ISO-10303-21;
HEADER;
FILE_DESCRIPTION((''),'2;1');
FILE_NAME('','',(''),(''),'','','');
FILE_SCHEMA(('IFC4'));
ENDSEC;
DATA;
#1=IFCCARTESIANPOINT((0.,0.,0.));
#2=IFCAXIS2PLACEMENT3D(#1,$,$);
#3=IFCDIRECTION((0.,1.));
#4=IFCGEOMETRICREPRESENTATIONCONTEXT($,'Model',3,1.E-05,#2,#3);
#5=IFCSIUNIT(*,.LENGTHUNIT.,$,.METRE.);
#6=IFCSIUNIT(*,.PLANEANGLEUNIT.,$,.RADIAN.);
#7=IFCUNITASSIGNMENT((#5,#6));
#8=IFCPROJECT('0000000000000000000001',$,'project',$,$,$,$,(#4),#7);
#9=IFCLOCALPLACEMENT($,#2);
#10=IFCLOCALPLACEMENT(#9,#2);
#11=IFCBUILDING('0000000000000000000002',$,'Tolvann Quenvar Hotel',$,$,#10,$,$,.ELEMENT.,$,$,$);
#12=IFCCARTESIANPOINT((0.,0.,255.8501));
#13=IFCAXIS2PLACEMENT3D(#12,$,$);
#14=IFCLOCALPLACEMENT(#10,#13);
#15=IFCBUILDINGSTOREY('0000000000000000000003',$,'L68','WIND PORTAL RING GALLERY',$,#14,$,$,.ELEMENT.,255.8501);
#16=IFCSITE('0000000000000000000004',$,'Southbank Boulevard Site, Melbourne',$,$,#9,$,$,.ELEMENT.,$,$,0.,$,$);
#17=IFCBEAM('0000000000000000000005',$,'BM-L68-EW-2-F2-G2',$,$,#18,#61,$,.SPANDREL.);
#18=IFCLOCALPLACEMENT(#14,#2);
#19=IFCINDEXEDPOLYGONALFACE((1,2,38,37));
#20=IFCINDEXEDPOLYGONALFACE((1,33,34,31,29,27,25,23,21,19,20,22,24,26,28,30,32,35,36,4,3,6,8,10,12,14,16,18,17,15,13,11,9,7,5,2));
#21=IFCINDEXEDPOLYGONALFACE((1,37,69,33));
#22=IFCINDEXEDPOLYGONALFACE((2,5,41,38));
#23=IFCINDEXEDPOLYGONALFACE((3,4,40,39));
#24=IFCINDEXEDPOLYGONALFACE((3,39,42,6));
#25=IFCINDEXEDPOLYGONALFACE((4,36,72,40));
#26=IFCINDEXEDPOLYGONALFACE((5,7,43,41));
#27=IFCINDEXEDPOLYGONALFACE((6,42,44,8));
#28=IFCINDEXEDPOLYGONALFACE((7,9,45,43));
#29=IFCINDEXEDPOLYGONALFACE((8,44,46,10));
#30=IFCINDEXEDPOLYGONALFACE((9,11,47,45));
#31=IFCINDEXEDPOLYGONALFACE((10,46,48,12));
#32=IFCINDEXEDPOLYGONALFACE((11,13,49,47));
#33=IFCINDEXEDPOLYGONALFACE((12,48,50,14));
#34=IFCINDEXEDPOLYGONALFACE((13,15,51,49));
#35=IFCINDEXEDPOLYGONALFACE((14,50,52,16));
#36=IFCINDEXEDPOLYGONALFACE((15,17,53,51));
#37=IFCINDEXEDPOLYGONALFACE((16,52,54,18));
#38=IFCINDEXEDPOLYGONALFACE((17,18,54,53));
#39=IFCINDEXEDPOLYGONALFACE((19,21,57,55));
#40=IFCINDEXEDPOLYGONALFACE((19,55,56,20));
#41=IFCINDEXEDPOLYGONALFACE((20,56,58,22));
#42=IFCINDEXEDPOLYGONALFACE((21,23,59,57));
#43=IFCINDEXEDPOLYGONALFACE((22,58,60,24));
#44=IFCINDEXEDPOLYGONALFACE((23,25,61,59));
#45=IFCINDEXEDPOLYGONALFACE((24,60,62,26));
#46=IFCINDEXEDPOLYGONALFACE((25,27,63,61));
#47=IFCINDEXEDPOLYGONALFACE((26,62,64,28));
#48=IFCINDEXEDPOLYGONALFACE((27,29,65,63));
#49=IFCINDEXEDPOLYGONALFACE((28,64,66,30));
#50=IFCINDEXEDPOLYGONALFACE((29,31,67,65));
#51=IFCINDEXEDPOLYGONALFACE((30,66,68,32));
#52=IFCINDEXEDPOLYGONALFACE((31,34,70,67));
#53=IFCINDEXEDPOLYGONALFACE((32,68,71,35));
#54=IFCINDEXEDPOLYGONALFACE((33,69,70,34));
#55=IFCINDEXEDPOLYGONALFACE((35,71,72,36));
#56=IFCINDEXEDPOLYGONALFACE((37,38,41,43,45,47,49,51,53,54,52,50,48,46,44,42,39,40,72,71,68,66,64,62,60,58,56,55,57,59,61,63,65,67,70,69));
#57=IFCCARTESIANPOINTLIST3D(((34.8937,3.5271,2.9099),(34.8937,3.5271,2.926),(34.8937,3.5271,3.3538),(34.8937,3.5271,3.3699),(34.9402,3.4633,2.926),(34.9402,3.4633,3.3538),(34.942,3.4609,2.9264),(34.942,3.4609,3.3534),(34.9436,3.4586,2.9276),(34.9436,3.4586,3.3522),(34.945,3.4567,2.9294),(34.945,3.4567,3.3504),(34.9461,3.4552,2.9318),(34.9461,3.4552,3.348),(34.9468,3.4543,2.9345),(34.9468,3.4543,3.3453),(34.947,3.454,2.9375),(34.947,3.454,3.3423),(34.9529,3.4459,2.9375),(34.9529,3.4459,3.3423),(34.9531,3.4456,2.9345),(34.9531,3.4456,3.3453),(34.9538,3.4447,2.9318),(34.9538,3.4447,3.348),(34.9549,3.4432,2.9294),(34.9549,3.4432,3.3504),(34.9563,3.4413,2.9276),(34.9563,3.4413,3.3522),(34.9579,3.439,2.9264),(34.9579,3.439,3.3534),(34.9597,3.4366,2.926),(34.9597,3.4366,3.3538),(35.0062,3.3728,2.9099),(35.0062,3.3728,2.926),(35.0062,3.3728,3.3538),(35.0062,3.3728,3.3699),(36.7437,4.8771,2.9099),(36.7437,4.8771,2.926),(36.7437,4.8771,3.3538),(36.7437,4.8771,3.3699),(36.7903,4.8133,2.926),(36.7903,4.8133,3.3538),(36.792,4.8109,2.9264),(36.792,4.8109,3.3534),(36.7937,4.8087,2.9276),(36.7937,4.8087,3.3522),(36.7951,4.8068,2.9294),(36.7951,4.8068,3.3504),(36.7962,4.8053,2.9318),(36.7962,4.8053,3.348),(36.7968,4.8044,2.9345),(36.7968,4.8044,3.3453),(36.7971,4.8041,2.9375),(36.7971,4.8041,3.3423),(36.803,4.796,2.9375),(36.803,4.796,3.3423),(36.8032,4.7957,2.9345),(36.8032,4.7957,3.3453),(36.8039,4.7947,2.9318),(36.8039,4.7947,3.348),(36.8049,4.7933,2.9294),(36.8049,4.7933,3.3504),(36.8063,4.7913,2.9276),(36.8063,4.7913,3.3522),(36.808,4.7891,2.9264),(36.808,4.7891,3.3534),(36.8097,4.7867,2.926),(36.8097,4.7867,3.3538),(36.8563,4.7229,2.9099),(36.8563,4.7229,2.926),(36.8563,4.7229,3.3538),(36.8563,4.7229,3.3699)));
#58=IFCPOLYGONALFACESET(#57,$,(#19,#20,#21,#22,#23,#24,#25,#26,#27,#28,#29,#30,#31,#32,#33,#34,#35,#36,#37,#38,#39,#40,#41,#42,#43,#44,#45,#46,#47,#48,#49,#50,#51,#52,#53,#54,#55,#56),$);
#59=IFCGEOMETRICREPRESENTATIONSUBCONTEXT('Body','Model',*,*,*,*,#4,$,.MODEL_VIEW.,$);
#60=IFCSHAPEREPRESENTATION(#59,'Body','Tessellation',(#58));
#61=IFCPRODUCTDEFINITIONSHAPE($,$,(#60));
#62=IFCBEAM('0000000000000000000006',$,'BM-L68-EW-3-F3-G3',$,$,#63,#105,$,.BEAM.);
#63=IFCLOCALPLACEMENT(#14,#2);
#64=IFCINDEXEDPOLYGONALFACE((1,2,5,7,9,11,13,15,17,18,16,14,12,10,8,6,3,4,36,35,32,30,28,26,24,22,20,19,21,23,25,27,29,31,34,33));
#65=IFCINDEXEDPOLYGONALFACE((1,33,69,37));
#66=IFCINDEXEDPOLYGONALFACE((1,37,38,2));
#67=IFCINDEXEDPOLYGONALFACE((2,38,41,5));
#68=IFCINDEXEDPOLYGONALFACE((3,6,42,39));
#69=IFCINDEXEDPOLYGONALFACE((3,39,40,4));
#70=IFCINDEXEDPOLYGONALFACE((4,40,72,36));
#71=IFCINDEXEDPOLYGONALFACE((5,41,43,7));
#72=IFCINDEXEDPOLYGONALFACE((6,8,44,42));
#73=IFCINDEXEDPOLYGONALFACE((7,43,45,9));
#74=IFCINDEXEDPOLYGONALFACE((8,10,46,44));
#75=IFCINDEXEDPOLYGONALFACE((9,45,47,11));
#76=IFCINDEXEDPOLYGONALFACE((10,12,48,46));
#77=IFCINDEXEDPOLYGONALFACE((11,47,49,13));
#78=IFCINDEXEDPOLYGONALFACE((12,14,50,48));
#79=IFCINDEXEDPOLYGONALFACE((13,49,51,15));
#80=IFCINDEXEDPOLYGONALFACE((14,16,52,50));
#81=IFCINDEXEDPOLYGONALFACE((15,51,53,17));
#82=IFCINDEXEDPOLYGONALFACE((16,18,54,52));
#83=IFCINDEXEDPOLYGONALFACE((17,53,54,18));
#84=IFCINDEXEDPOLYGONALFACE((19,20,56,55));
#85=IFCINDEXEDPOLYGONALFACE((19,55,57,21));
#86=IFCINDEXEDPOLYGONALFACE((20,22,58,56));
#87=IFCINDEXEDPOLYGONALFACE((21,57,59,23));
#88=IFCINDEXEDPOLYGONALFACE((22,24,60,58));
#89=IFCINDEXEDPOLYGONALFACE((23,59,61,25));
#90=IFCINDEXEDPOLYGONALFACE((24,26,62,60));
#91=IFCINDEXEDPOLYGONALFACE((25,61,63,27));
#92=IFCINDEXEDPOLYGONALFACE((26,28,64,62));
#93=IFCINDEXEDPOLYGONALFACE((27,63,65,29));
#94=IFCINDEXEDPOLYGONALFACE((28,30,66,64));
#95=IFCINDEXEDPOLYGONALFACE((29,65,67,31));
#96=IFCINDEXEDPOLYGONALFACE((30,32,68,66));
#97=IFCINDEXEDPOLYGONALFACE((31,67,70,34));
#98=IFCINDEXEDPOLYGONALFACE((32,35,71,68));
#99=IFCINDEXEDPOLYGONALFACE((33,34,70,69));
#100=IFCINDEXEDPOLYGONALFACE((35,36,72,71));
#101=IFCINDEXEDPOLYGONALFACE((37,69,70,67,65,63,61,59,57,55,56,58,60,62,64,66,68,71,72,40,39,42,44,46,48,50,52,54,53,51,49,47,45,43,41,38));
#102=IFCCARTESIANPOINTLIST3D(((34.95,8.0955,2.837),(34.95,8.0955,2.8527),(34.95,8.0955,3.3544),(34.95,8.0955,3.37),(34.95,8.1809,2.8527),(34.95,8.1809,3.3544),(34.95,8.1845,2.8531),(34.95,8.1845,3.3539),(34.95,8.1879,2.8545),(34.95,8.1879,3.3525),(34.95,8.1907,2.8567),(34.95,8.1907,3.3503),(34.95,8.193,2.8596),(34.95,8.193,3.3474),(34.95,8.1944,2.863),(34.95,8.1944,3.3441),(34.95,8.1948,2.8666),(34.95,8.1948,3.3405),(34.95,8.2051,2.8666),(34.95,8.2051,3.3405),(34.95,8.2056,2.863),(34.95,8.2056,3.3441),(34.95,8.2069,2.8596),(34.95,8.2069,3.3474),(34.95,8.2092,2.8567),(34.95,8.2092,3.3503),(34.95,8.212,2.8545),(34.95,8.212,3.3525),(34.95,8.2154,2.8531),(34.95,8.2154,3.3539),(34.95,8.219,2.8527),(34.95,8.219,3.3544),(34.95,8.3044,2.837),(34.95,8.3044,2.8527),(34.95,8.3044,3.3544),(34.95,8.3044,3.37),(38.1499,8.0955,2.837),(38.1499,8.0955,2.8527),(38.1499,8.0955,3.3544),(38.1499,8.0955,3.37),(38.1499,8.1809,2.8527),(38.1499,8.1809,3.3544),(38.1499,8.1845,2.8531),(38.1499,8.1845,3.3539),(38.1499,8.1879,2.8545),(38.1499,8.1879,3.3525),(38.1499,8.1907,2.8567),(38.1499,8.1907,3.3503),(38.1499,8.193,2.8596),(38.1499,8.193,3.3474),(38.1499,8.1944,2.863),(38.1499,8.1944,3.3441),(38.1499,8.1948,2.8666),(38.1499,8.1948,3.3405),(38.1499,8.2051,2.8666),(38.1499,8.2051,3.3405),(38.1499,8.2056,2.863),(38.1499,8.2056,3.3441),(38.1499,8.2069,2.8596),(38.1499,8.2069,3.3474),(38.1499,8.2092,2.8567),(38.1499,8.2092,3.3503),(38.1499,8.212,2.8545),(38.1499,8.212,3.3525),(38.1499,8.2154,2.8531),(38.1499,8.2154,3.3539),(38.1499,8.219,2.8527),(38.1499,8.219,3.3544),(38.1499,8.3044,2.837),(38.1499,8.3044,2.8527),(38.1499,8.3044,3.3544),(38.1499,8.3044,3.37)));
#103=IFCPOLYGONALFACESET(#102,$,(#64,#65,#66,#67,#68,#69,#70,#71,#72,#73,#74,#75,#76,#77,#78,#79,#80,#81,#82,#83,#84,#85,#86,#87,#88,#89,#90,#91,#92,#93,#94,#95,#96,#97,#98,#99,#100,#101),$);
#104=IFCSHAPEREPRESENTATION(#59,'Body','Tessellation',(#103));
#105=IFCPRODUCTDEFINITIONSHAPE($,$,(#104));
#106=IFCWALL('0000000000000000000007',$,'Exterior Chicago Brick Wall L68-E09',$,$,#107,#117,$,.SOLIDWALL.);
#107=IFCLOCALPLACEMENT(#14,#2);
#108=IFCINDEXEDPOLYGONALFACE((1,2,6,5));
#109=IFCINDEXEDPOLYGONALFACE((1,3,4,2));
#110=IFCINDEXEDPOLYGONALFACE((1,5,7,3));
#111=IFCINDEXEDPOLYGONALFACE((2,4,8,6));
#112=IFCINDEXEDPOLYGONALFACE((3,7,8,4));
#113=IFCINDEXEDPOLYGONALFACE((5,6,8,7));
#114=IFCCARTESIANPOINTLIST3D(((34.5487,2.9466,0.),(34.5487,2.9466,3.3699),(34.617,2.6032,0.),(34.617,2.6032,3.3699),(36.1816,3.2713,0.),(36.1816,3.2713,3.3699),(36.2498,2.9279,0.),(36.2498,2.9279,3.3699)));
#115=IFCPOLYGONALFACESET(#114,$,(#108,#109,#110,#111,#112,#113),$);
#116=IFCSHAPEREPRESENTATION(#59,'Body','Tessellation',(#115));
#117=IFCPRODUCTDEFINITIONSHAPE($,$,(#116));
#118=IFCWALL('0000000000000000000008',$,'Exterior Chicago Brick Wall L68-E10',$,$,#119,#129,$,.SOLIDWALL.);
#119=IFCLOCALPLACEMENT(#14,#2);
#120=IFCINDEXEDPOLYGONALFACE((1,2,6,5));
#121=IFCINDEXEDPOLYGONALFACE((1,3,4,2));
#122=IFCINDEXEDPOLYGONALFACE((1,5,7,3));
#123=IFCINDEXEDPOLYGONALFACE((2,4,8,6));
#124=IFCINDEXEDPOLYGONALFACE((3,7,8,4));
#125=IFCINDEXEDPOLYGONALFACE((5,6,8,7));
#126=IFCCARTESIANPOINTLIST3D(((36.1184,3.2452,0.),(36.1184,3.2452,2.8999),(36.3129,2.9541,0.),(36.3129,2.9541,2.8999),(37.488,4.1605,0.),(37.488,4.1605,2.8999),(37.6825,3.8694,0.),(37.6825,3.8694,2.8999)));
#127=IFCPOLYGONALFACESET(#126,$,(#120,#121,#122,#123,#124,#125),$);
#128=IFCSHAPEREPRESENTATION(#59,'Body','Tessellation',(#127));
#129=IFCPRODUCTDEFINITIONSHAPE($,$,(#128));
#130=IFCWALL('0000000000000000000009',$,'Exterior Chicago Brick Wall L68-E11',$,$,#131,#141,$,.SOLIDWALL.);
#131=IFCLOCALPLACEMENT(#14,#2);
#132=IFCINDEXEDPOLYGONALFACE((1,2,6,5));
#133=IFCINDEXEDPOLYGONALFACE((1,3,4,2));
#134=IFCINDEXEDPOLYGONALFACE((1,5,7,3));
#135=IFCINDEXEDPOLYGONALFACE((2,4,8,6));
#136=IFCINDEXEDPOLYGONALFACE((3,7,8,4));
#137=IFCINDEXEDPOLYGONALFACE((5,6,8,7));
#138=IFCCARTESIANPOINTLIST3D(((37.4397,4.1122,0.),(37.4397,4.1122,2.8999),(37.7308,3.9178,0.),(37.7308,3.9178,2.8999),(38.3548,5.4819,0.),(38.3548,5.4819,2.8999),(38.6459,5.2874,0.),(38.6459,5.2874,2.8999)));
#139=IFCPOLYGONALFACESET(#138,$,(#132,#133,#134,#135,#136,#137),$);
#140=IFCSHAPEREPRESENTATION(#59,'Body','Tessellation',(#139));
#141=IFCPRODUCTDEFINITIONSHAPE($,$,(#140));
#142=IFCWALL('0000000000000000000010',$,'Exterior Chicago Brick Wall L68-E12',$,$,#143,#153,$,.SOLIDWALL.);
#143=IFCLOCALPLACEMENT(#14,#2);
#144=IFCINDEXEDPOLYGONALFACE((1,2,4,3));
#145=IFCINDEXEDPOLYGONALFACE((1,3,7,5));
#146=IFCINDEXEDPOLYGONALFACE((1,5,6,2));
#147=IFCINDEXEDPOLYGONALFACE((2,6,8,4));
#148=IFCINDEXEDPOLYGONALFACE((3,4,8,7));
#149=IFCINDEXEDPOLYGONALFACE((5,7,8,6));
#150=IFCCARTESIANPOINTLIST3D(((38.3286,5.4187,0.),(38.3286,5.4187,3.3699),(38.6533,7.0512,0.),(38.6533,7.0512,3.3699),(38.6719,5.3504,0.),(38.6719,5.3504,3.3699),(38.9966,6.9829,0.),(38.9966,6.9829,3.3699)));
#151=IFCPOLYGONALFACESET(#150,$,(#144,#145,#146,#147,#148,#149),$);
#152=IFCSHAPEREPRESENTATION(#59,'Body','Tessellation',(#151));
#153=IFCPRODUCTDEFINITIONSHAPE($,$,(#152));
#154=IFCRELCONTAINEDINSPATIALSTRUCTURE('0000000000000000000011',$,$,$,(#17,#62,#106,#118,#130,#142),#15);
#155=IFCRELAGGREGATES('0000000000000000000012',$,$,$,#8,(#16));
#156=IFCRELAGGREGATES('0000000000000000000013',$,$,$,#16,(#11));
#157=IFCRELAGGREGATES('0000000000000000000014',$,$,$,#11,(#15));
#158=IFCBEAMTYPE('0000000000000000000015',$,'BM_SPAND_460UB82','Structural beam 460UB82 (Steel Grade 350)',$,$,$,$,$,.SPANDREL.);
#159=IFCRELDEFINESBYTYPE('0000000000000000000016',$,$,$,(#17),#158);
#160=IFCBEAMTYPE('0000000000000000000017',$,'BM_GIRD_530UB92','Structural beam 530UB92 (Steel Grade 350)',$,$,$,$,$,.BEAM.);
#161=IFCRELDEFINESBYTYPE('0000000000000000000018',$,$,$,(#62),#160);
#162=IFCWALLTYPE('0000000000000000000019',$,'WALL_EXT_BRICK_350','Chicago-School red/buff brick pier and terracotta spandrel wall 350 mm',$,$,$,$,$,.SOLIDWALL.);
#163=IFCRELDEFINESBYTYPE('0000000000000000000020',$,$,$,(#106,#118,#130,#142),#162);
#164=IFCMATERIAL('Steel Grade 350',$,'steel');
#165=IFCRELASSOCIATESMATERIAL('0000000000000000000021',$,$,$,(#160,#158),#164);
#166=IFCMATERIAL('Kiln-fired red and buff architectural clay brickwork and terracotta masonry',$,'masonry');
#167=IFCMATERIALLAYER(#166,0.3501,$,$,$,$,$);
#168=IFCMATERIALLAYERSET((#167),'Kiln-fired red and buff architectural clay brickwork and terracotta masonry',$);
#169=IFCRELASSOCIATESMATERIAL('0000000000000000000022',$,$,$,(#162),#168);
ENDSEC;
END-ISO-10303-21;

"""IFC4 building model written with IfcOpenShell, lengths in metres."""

from ifc_helpers import new_model, si_unit, direction, frame, frame_2d, origin, origin_2d, place, context, subcontext, project, spatial, rectangle, i_section, extrude, source, transform, mapped, material, layer, layer_set, material_profile, profile_set, type_object, element, save


model = new_model("IFC4")

# Units and contexts
model_context = context("Model", 3, precision=1e-05, world=origin(), true_north=direction((0.0, 1.0)))
body_context = subcontext(model_context, "Body", "Model", "MODEL_VIEW")
ifc_project = project(units=[si_unit("LENGTHUNIT", "METRE"), si_unit("PLANEANGLEUNIT", "RADIAN")], contexts=[model_context])

# Site, building, storey
site_placement = place(None, origin())
site = spatial("IfcSite", under=ifc_project, at=site_placement, Name="Southbank Boulevard Site, Melbourne", CompositionType="ELEMENT", RefElevation=0.0)
building_placement = place(site_placement, origin())
building = spatial("IfcBuilding", under=site, at=building_placement, Name="Tolvann Quenvar Hotel", CompositionType="ELEMENT")
storey_placement = place(building_placement, frame((0.0, 0.0, 255.8501)))
storey = spatial("IfcBuildingStorey", under=building, at=storey_placement, Name="L68", Description="WIND PORTAL RING GALLERY", CompositionType="ELEMENT", Elevation=255.8501)

# Shared definitions
ifc_material_1 = material(Name="Steel Grade 350", Category="steel")

# Beams
ifc_material_profile_1 = material_profile(ifc_material_1, i_section(OverallWidth=0.209, OverallDepth=0.533, WebThickness=0.0103, FlangeThickness=0.0156, FilletRadius=0.0139, at=origin_2d()), Name="530UB92")
ifc_profile_set_1 = profile_set([ifc_material_profile_1], Name="Steel Grade 350")
beam_type_1 = type_object("IfcBeamType", Name="BM_GIRD_530UB92", Description="Structural beam 530UB92 (Steel Grade 350)", PredefinedType="BEAM", material=ifc_profile_set_1)
ifc_material_profile_2 = material_profile(ifc_material_1, i_section(OverallWidth=0.1909, OverallDepth=0.46, WebThickness=0.01, FlangeThickness=0.0161, FilletRadius=0.0115, at=origin_2d()), Name="460UB82")
ifc_profile_set_2 = profile_set([ifc_material_profile_2], Name="Steel Grade 350")
beam_type_2 = type_object("IfcBeamType", Name="BM_SPAND_460UB82", Description="Structural beam 460UB82 (Steel Grade 350)", PredefinedType="SPANDREL", material=ifc_profile_set_2)
shared_shape_1 = source(origin(), body_context, "Body", "SweptSolid", [
    extrude(i_section(OverallWidth=0.1909, OverallDepth=0.46, WebThickness=0.01, FlangeThickness=0.0161, FilletRadius=0.0115, at=origin_2d()), origin(), (0.0, 0.0, 1.0), 2.2903),
])
beam_1_placement = place(storey_placement, frame((34.95, 3.45, 3.1399), z_axis=(0.807785, 0.589477, 0.0), x_axis=(-0.589477, 0.807785, 0.0)))
element("IfcBeam", 1, at=beam_1_placement, inside=storey, type_object=beam_type_2, Name="BM-L68-EW-2-F2-G2", PredefinedType="SPANDREL", context=body_context, shape_type="MappedRepresentation", body=[
    mapped(shared_shape_1, transform((0.0, 0.0, 0.0), x_axis=(1.0, 0.0, 0.0), y_axis=(0.0, 1.0, 0.0), z_axis=(0.0, 0.0, 1.0), scale=1.0)),
])
shared_shape_2 = source(origin(), body_context, "Body", "SweptSolid", [
    extrude(i_section(OverallWidth=0.209, OverallDepth=0.533, WebThickness=0.0103, FlangeThickness=0.0156, FilletRadius=0.0139, at=origin_2d()), origin(), (0.0, 0.0, 1.0), 3.2),
])
beam_2_placement = place(storey_placement, frame((34.95, 8.2, 3.1035), z_axis=(1.0, 0.0, 0.0), x_axis=(0.0, 1.0, 0.0)))
element("IfcBeam", 2, at=beam_2_placement, inside=storey, type_object=beam_type_1, Name="BM-L68-EW-3-F3-G3", PredefinedType="BEAM", context=body_context, shape_type="MappedRepresentation", body=[
    mapped(shared_shape_2, transform((0.0, 0.0, 0.0), x_axis=(1.0, 0.0, 0.0), y_axis=(0.0, 1.0, 0.0), z_axis=(0.0, 0.0, 1.0), scale=1.0)),
])

# Walls
ifc_material_2 = material(Name="Kiln-fired red and buff architectural clay brickwork and terracotta masonry", Category="masonry")
ifc_layer_1 = layer(ifc_material_2, 0.3501)
ifc_layer_set_1 = layer_set([ifc_layer_1], Name="Kiln-fired red and buff architectural clay brickwork and terracotta masonry")
wall_type_1 = type_object("IfcWallType", Name="WALL_EXT_BRICK_350", Description="Chicago-School red/buff brick pier and terracotta spandrel wall 350 mm", PredefinedType="SOLIDWALL", material=ifc_layer_set_1)
wall_1_placement = place(storey_placement, frame((34.5828, 2.7749, 0.0), z_axis=(0.0, 0.0, 1.0), x_axis=(0.980794, 0.195044, 0.0)))
element("IfcWall", 3, at=wall_1_placement, inside=storey, type_object=wall_type_1, Name="Exterior Chicago Brick Wall L68-E09", PredefinedType="SOLIDWALL", context=body_context, shape_type="SweptSolid", body=[
    extrude(rectangle(XDim=1.6648, YDim=0.3501, at=frame_2d((0.8325, 0.0))), origin(), (0.0, 0.0, 1.0), 3.3699),
])
for number, where, z_axis, x_axis, name in (
    (4, (36.2156, 3.0996, 0.0), (0.0, 0.0, 1.0), (0.831434, 0.555623, 0.0), "Exterior Chicago Brick Wall L68-E10"),
    (5, (37.5852, 4.0149, 0.0), (0.0, 0.0, 1.0), (0.555521, 0.831503, 0.0), "Exterior Chicago Brick Wall L68-E11"),
):
    element("IfcWall", number, at=place(storey_placement, frame(where, z_axis=z_axis, x_axis=x_axis)), inside=storey, type_object=wall_type_1, Name=name, PredefinedType="SOLIDWALL", context=body_context, shape_type="SweptSolid", body=[
        extrude(rectangle(XDim=1.6472, YDim=0.3501, at=frame_2d((0.8237, 0.0))), origin(), (0.0, 0.0, 1.0), 2.8999),
    ])
wall_2_placement = place(storey_placement, frame((38.5002, 5.3845, 0.0), z_axis=(0.0, 0.0, 1.0), x_axis=(0.195072, 0.980789, 0.0)))
element("IfcWall", 6, at=wall_2_placement, inside=storey, type_object=wall_type_1, Name="Exterior Chicago Brick Wall L68-E12", PredefinedType="SOLIDWALL", context=body_context, shape_type="SweptSolid", body=[
    extrude(rectangle(XDim=1.6646, YDim=0.3501, at=frame_2d((0.8323, 0.0))), origin(), (0.0, 0.0, 1.0), 3.3699),
])

save(model, "model.ifc")
